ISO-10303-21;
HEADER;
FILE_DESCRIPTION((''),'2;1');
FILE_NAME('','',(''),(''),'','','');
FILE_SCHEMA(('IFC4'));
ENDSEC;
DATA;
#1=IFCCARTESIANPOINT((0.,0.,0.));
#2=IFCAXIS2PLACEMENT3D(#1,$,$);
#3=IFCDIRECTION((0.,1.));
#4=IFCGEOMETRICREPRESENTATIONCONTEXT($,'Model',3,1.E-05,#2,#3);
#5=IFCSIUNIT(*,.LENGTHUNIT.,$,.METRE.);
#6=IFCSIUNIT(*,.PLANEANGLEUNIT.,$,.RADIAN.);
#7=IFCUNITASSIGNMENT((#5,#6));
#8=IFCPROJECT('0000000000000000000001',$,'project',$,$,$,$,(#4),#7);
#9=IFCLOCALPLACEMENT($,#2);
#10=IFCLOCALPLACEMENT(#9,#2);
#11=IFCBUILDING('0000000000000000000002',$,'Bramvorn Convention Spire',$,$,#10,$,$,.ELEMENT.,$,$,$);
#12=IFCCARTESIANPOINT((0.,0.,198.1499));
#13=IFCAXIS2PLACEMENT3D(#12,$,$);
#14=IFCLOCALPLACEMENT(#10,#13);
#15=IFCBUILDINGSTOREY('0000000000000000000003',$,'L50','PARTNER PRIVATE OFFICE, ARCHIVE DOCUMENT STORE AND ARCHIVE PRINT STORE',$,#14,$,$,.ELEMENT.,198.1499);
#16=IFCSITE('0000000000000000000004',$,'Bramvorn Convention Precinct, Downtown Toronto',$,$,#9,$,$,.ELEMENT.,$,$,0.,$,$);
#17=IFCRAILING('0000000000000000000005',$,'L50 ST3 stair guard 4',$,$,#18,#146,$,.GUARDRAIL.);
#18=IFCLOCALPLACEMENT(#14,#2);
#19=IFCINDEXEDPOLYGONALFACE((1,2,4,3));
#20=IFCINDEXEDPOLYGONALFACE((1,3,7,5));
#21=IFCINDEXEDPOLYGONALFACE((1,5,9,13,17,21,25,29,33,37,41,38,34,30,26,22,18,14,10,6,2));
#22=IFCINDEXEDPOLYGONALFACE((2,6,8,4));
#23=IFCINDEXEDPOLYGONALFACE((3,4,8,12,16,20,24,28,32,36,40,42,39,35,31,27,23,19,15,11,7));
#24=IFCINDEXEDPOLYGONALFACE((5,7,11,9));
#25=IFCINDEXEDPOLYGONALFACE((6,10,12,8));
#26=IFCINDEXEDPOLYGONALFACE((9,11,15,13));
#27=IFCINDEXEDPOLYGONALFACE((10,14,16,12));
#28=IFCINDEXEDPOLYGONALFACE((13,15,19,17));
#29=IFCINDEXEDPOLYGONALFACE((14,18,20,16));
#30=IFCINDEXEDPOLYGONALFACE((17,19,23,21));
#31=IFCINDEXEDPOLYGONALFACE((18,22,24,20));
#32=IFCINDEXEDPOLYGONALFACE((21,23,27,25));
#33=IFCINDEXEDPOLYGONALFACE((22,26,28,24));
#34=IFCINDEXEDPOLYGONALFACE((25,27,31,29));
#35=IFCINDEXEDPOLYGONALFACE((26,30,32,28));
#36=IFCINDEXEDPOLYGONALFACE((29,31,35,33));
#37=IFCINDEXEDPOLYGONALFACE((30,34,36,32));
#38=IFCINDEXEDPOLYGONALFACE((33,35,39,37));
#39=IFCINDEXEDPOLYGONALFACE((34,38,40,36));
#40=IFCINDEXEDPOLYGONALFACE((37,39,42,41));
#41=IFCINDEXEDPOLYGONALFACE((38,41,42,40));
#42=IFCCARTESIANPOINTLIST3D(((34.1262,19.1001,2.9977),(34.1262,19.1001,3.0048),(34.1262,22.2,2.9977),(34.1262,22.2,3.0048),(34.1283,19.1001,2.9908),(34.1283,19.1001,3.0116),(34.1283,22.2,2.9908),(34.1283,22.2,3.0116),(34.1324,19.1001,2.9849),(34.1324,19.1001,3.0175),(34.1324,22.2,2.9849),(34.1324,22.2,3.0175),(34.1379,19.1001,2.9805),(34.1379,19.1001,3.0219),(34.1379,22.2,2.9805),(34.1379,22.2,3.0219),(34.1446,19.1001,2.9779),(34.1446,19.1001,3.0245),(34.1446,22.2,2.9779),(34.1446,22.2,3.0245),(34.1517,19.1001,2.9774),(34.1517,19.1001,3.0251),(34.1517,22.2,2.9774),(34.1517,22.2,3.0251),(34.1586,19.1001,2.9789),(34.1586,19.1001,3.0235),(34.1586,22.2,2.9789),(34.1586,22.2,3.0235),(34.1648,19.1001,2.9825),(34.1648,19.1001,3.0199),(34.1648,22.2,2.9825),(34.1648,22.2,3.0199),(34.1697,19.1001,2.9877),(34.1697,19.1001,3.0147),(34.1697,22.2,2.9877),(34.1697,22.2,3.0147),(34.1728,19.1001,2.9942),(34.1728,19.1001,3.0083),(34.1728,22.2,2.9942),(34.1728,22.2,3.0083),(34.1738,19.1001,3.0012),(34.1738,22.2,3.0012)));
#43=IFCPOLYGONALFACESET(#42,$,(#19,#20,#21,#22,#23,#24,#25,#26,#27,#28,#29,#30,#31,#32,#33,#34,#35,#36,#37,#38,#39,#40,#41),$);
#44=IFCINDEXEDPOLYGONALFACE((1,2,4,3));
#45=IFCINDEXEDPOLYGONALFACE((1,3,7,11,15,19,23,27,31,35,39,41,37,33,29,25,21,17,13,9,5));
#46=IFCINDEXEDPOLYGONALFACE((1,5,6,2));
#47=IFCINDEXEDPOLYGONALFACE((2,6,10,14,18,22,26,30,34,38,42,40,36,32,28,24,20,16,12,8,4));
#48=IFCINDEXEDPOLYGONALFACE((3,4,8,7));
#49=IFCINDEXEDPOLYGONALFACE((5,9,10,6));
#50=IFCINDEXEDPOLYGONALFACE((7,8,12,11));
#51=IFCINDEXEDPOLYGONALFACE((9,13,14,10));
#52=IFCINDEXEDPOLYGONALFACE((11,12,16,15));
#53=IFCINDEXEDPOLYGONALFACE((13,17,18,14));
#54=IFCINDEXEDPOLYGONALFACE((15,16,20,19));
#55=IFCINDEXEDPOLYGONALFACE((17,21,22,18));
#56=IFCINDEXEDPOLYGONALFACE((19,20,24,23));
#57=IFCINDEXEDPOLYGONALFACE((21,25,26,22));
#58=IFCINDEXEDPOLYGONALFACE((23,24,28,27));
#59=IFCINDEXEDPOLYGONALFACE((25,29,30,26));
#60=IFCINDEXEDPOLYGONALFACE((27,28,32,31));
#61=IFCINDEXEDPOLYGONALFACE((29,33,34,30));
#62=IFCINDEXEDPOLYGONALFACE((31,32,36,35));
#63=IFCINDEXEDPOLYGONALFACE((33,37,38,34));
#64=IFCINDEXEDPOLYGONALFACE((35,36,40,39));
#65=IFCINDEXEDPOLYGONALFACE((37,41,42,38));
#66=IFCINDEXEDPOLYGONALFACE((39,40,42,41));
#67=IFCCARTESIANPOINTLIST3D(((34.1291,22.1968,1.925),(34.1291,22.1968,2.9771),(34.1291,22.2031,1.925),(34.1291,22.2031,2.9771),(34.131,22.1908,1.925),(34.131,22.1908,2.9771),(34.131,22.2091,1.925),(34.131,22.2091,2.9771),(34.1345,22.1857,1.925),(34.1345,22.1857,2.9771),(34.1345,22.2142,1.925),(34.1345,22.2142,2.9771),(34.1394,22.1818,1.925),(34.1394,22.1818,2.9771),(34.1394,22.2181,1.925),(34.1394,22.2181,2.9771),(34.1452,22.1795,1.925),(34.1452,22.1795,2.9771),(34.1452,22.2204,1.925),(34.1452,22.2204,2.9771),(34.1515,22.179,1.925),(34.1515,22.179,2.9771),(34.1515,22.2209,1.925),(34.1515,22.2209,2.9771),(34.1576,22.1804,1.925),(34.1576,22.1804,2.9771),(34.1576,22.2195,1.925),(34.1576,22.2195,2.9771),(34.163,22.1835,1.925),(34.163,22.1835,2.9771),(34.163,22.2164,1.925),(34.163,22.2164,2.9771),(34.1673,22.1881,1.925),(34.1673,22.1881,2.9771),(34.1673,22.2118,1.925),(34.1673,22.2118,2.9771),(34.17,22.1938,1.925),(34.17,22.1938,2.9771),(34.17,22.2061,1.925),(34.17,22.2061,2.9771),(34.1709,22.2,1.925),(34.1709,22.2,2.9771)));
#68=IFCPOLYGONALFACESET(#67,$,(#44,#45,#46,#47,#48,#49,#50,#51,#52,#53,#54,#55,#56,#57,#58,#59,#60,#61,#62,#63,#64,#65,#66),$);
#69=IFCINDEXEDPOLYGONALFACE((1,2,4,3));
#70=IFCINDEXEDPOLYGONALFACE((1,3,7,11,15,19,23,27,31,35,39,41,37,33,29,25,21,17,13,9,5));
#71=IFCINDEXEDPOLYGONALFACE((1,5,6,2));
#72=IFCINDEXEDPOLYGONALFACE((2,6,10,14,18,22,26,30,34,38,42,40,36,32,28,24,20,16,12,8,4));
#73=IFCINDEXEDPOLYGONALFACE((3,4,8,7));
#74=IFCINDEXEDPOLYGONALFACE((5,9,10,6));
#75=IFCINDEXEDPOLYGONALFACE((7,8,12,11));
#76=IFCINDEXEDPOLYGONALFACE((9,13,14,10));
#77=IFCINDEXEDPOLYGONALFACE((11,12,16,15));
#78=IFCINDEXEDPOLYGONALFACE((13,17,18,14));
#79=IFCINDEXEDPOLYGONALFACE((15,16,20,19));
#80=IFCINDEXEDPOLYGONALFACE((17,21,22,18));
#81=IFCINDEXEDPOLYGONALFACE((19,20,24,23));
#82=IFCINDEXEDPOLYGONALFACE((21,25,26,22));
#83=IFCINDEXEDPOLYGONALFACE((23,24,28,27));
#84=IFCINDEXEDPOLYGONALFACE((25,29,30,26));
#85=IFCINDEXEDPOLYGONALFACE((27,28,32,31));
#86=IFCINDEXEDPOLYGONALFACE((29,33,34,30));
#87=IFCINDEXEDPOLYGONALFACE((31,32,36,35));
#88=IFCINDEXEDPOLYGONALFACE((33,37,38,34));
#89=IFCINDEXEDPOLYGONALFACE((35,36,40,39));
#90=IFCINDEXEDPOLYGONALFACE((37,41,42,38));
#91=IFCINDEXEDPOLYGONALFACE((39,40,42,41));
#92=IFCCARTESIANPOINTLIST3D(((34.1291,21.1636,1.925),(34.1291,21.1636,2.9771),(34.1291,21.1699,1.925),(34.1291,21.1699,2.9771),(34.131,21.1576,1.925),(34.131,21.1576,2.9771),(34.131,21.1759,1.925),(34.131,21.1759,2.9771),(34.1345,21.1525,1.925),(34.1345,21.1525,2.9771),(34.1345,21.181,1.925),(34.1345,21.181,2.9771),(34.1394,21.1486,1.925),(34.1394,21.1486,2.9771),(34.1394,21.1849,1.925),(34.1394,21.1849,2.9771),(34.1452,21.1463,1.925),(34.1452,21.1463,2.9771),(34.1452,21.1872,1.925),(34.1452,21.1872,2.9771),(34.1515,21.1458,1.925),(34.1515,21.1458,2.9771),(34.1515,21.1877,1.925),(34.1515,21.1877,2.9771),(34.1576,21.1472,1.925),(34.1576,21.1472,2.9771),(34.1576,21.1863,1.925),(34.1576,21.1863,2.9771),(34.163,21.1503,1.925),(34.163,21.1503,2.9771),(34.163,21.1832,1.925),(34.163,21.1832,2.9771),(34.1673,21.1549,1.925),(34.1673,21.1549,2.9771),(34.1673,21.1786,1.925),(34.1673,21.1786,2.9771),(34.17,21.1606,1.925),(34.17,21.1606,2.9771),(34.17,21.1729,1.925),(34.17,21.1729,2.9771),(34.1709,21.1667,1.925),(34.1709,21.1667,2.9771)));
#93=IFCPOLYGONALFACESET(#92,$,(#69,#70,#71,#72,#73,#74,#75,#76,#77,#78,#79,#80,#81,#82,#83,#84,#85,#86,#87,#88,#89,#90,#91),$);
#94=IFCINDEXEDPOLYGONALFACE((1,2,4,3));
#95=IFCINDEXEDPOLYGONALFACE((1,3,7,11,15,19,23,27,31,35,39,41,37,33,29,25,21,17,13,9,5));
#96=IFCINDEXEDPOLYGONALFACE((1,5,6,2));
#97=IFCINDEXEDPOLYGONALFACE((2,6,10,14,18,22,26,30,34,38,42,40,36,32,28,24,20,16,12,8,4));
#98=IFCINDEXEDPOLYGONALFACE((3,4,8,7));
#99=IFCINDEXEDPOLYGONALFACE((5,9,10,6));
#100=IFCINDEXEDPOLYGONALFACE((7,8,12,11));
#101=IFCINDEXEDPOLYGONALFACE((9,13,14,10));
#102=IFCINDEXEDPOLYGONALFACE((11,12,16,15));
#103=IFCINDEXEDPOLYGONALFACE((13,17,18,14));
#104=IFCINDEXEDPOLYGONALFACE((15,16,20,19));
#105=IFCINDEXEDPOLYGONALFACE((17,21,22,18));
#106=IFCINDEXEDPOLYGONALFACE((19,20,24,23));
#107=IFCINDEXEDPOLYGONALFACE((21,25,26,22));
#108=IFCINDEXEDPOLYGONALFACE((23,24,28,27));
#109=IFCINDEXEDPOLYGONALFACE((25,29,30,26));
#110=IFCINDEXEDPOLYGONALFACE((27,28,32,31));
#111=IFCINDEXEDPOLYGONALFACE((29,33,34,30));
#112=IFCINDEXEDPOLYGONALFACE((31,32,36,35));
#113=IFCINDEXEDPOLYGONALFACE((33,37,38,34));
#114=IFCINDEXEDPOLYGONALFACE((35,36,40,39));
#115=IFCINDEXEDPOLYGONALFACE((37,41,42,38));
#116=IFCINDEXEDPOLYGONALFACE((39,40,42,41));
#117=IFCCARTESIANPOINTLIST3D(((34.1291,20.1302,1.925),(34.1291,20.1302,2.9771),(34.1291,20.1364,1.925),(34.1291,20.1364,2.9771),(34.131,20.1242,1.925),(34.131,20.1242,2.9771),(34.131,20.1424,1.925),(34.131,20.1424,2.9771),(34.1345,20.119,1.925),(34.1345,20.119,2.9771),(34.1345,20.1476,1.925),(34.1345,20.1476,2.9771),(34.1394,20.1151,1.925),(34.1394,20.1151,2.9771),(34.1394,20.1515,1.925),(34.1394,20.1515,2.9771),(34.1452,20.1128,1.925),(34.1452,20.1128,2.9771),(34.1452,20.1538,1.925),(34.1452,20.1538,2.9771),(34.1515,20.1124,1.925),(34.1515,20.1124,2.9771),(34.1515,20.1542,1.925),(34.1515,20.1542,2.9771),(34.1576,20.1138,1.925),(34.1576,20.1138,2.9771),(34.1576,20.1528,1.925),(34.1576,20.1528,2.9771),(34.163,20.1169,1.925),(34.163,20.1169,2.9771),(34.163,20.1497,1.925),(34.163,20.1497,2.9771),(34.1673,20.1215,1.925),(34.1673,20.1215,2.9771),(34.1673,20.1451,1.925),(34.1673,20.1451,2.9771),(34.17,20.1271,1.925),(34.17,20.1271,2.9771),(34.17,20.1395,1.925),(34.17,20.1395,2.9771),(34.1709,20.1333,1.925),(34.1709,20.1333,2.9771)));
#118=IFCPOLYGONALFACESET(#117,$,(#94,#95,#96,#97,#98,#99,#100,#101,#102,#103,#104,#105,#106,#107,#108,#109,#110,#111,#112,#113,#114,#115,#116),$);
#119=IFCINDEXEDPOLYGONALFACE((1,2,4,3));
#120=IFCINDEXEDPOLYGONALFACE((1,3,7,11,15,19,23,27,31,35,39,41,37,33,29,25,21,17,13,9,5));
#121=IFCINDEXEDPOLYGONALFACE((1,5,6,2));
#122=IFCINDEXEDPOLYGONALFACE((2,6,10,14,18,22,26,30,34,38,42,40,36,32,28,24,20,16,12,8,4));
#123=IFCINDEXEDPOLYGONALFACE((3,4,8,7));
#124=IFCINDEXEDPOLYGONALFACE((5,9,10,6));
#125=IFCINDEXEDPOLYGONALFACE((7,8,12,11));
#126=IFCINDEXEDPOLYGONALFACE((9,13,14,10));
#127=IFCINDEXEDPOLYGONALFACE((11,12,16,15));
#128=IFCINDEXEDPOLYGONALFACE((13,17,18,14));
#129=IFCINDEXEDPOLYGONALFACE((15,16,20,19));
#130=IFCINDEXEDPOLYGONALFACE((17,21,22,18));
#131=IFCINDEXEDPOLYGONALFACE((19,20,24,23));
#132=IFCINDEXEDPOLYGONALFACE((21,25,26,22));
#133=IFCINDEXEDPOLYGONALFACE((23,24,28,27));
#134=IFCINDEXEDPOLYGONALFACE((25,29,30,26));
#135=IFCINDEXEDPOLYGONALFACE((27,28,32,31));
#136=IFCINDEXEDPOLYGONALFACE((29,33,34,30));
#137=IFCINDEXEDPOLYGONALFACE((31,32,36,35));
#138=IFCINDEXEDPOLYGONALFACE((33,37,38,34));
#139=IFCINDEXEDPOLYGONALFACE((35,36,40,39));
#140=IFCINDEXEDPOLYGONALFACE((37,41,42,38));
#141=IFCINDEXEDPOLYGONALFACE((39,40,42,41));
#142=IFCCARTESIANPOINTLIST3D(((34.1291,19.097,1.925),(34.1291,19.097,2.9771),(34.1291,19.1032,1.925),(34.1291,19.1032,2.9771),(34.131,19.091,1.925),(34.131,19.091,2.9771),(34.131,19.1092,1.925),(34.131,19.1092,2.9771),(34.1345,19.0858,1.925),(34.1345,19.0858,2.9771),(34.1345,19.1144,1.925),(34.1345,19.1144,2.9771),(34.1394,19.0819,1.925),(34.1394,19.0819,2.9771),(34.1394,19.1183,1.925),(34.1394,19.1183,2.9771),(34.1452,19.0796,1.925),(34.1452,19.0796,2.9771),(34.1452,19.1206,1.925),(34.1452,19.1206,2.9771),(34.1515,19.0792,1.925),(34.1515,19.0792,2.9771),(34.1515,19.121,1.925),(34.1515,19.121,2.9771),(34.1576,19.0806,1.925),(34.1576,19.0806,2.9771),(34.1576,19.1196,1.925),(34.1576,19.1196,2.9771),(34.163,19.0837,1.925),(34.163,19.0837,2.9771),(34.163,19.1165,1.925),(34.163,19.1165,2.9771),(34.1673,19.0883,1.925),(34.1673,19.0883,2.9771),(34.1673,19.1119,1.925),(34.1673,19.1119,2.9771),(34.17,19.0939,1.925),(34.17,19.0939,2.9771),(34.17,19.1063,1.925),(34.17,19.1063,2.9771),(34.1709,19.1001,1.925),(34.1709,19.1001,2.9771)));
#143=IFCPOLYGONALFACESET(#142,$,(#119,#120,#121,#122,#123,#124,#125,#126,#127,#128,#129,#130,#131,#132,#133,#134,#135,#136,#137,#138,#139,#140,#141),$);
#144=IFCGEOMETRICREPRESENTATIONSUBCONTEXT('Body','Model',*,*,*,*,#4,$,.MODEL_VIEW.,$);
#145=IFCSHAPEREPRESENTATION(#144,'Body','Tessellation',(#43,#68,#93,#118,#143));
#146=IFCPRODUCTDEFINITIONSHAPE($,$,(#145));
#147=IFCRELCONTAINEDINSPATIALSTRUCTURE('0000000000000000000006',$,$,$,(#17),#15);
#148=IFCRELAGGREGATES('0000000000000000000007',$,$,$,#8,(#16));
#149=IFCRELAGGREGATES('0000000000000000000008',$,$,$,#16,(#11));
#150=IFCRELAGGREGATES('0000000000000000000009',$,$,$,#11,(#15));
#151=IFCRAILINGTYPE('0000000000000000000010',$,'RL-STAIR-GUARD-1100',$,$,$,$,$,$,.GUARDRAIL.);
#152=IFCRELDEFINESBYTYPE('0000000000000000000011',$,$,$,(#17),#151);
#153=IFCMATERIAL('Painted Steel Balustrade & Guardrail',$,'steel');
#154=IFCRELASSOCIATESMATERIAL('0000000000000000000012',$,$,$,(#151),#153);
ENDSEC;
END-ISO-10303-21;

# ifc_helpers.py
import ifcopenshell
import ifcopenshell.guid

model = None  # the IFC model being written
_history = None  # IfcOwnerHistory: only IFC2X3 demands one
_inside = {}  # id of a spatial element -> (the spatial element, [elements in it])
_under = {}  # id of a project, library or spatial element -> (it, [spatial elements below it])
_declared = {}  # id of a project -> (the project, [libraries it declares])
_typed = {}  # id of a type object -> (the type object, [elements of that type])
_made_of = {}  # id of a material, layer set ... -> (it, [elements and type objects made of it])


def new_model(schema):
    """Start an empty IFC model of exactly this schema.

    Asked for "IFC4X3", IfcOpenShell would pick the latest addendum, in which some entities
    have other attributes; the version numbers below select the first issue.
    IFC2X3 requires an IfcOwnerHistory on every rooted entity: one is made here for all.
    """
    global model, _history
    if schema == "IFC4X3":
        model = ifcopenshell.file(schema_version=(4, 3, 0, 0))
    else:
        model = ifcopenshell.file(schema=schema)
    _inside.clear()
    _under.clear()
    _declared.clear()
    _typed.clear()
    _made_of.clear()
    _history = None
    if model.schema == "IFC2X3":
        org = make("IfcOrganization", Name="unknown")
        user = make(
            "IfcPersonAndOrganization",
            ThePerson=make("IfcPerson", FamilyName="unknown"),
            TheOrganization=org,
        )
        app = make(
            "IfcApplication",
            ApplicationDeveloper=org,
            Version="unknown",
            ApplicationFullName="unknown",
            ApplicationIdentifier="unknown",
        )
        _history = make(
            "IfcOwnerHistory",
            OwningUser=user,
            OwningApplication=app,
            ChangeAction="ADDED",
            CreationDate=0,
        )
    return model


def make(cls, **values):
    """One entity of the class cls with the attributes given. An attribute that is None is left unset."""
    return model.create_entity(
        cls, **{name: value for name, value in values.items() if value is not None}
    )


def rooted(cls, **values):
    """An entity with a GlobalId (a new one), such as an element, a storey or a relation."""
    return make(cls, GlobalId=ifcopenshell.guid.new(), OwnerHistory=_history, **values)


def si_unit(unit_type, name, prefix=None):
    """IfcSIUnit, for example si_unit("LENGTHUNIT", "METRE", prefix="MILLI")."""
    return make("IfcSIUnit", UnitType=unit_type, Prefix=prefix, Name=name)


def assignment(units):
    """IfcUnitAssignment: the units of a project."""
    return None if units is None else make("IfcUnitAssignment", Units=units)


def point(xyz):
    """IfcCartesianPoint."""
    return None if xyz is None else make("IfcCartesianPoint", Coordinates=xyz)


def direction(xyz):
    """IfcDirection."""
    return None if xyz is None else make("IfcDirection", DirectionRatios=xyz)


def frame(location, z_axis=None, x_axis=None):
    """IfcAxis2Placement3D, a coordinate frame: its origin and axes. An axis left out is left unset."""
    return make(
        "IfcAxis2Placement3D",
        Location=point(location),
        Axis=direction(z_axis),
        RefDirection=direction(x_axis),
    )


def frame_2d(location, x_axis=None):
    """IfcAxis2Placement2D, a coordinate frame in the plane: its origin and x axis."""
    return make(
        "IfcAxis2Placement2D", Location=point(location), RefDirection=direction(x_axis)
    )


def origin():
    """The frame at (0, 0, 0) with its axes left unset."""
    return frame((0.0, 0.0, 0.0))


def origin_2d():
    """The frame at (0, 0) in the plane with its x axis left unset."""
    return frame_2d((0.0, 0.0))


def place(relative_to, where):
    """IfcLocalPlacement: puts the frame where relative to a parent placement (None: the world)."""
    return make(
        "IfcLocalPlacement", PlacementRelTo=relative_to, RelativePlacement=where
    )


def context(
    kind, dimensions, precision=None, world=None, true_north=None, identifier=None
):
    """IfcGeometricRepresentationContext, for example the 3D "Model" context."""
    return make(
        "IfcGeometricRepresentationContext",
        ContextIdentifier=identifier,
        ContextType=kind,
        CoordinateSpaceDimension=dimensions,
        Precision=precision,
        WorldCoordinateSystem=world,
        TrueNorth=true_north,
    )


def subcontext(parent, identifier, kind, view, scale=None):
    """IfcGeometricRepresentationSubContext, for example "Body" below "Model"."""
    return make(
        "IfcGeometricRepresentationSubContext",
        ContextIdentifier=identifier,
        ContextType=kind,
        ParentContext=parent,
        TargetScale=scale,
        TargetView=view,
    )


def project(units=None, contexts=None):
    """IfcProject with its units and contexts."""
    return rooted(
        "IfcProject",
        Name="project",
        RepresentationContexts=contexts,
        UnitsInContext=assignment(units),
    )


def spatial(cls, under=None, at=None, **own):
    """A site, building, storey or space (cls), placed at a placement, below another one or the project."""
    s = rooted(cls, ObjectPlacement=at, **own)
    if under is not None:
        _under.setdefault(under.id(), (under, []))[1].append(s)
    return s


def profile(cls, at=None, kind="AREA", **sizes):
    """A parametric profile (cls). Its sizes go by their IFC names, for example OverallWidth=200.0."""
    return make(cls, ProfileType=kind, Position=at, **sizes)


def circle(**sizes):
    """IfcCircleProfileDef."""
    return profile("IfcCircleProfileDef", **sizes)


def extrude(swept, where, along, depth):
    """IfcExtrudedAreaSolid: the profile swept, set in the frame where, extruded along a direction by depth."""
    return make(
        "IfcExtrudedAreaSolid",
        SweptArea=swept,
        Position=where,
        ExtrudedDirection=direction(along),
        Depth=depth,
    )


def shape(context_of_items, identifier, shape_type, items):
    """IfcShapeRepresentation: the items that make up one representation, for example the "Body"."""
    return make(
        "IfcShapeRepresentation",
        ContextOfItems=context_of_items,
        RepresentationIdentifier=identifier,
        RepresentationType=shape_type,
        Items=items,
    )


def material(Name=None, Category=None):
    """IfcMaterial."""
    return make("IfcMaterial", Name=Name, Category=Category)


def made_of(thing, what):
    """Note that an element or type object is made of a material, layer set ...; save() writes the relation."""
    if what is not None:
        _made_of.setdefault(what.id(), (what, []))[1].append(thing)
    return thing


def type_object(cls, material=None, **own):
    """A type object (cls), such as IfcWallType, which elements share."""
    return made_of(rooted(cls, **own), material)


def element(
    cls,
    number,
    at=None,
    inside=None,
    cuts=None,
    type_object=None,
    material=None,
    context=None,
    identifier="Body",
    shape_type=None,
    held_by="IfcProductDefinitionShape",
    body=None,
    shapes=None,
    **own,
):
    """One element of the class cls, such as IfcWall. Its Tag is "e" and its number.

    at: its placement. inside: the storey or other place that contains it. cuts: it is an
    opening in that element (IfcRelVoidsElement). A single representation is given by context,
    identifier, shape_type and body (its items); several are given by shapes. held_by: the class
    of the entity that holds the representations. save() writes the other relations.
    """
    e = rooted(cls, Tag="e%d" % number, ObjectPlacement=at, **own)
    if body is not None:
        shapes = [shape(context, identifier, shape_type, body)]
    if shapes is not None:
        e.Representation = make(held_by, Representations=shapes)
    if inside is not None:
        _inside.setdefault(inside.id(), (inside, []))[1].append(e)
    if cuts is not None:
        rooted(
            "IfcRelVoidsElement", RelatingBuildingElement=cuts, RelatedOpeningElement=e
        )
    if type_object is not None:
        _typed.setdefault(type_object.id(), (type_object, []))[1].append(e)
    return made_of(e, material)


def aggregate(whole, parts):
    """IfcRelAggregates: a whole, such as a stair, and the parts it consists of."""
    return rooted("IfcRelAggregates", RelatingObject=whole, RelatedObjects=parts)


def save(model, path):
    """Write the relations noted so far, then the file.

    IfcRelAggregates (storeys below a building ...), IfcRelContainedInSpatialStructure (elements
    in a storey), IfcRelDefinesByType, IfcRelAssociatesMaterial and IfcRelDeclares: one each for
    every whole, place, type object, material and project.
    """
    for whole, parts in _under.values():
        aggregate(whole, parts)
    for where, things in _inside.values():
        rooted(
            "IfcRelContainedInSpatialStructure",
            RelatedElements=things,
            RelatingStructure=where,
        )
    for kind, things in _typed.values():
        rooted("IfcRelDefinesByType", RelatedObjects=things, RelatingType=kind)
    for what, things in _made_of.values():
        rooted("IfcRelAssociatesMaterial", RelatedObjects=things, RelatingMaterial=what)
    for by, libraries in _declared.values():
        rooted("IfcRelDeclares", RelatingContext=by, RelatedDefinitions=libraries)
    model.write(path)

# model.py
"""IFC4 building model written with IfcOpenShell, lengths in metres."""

from ifc_helpers import new_model, si_unit, direction, frame, origin, origin_2d, place, context, subcontext, project, spatial, circle, extrude, material, type_object, element, save


model = new_model("IFC4")

# Units and contexts
model_context = context("Model", 3, precision=1e-05, world=origin(), true_north=direction((0.0, 1.0)))
body_context = subcontext(model_context, "Body", "Model", "MODEL_VIEW")
ifc_project = project(units=[si_unit("LENGTHUNIT", "METRE"), si_unit("PLANEANGLEUNIT", "RADIAN")], contexts=[model_context])

# Site, building, storey
site_placement = place(None, origin())
site = spatial("IfcSite", under=ifc_project, at=site_placement, Name="Bramvorn Convention Precinct, Downtown Toronto", CompositionType="ELEMENT", RefElevation=0.0)
building_placement = place(site_placement, origin())
building = spatial("IfcBuilding", under=site, at=building_placement, Name="Bramvorn Convention Spire", CompositionType="ELEMENT")
storey_placement = place(building_placement, frame((0.0, 0.0, 198.1499)))
storey = spatial("IfcBuildingStorey", under=building, at=storey_placement, Name="L50", Description="PARTNER PRIVATE OFFICE, ARCHIVE DOCUMENT STORE AND ARCHIVE PRINT STORE", CompositionType="ELEMENT", Elevation=198.1499)

# Railing
ifc_material_1 = material(Name="Painted Steel Balustrade & Guardrail", Category="steel")
railing_type_1 = type_object("IfcRailingType", Name="RL-STAIR-GUARD-1100", PredefinedType="GUARDRAIL", material=ifc_material_1)
railing_1_placement = place(storey_placement, frame((34.1499, 22.2, 1.925)))
element("IfcRailing", 1, at=railing_1_placement, inside=storey, type_object=railing_type_1, Name="L50 ST3 stair guard 4", PredefinedType="GUARDRAIL", context=body_context, shape_type="SweptSolid", body=[
    extrude(circle(Radius=0.0239, at=origin_2d()), frame((0.0, 0.0, 1.0762), z_axis=(0.0, -1.0, 0.0), x_axis=(1.0, 0.0, 0.0)), (0.0, 0.0, 1.0), 3.0999),
    extrude(circle(Radius=0.021, at=origin_2d()), origin(), (0.0, 0.0, 1.0), 1.052),
    extrude(circle(Radius=0.021, at=origin_2d()), frame((0.0, -1.0332, 0.0)), (0.0, 0.0, 1.0), 1.052),
    extrude(circle(Radius=0.021, at=origin_2d()), frame((0.0, -2.0667, 0.0)), (0.0, 0.0, 1.0), 1.052),
    extrude(circle(Radius=0.021, at=origin_2d()), frame((0.0, -3.0999, 0.0)), (0.0, 0.0, 1.0), 1.052),
])

save(model, "model.ifc")
